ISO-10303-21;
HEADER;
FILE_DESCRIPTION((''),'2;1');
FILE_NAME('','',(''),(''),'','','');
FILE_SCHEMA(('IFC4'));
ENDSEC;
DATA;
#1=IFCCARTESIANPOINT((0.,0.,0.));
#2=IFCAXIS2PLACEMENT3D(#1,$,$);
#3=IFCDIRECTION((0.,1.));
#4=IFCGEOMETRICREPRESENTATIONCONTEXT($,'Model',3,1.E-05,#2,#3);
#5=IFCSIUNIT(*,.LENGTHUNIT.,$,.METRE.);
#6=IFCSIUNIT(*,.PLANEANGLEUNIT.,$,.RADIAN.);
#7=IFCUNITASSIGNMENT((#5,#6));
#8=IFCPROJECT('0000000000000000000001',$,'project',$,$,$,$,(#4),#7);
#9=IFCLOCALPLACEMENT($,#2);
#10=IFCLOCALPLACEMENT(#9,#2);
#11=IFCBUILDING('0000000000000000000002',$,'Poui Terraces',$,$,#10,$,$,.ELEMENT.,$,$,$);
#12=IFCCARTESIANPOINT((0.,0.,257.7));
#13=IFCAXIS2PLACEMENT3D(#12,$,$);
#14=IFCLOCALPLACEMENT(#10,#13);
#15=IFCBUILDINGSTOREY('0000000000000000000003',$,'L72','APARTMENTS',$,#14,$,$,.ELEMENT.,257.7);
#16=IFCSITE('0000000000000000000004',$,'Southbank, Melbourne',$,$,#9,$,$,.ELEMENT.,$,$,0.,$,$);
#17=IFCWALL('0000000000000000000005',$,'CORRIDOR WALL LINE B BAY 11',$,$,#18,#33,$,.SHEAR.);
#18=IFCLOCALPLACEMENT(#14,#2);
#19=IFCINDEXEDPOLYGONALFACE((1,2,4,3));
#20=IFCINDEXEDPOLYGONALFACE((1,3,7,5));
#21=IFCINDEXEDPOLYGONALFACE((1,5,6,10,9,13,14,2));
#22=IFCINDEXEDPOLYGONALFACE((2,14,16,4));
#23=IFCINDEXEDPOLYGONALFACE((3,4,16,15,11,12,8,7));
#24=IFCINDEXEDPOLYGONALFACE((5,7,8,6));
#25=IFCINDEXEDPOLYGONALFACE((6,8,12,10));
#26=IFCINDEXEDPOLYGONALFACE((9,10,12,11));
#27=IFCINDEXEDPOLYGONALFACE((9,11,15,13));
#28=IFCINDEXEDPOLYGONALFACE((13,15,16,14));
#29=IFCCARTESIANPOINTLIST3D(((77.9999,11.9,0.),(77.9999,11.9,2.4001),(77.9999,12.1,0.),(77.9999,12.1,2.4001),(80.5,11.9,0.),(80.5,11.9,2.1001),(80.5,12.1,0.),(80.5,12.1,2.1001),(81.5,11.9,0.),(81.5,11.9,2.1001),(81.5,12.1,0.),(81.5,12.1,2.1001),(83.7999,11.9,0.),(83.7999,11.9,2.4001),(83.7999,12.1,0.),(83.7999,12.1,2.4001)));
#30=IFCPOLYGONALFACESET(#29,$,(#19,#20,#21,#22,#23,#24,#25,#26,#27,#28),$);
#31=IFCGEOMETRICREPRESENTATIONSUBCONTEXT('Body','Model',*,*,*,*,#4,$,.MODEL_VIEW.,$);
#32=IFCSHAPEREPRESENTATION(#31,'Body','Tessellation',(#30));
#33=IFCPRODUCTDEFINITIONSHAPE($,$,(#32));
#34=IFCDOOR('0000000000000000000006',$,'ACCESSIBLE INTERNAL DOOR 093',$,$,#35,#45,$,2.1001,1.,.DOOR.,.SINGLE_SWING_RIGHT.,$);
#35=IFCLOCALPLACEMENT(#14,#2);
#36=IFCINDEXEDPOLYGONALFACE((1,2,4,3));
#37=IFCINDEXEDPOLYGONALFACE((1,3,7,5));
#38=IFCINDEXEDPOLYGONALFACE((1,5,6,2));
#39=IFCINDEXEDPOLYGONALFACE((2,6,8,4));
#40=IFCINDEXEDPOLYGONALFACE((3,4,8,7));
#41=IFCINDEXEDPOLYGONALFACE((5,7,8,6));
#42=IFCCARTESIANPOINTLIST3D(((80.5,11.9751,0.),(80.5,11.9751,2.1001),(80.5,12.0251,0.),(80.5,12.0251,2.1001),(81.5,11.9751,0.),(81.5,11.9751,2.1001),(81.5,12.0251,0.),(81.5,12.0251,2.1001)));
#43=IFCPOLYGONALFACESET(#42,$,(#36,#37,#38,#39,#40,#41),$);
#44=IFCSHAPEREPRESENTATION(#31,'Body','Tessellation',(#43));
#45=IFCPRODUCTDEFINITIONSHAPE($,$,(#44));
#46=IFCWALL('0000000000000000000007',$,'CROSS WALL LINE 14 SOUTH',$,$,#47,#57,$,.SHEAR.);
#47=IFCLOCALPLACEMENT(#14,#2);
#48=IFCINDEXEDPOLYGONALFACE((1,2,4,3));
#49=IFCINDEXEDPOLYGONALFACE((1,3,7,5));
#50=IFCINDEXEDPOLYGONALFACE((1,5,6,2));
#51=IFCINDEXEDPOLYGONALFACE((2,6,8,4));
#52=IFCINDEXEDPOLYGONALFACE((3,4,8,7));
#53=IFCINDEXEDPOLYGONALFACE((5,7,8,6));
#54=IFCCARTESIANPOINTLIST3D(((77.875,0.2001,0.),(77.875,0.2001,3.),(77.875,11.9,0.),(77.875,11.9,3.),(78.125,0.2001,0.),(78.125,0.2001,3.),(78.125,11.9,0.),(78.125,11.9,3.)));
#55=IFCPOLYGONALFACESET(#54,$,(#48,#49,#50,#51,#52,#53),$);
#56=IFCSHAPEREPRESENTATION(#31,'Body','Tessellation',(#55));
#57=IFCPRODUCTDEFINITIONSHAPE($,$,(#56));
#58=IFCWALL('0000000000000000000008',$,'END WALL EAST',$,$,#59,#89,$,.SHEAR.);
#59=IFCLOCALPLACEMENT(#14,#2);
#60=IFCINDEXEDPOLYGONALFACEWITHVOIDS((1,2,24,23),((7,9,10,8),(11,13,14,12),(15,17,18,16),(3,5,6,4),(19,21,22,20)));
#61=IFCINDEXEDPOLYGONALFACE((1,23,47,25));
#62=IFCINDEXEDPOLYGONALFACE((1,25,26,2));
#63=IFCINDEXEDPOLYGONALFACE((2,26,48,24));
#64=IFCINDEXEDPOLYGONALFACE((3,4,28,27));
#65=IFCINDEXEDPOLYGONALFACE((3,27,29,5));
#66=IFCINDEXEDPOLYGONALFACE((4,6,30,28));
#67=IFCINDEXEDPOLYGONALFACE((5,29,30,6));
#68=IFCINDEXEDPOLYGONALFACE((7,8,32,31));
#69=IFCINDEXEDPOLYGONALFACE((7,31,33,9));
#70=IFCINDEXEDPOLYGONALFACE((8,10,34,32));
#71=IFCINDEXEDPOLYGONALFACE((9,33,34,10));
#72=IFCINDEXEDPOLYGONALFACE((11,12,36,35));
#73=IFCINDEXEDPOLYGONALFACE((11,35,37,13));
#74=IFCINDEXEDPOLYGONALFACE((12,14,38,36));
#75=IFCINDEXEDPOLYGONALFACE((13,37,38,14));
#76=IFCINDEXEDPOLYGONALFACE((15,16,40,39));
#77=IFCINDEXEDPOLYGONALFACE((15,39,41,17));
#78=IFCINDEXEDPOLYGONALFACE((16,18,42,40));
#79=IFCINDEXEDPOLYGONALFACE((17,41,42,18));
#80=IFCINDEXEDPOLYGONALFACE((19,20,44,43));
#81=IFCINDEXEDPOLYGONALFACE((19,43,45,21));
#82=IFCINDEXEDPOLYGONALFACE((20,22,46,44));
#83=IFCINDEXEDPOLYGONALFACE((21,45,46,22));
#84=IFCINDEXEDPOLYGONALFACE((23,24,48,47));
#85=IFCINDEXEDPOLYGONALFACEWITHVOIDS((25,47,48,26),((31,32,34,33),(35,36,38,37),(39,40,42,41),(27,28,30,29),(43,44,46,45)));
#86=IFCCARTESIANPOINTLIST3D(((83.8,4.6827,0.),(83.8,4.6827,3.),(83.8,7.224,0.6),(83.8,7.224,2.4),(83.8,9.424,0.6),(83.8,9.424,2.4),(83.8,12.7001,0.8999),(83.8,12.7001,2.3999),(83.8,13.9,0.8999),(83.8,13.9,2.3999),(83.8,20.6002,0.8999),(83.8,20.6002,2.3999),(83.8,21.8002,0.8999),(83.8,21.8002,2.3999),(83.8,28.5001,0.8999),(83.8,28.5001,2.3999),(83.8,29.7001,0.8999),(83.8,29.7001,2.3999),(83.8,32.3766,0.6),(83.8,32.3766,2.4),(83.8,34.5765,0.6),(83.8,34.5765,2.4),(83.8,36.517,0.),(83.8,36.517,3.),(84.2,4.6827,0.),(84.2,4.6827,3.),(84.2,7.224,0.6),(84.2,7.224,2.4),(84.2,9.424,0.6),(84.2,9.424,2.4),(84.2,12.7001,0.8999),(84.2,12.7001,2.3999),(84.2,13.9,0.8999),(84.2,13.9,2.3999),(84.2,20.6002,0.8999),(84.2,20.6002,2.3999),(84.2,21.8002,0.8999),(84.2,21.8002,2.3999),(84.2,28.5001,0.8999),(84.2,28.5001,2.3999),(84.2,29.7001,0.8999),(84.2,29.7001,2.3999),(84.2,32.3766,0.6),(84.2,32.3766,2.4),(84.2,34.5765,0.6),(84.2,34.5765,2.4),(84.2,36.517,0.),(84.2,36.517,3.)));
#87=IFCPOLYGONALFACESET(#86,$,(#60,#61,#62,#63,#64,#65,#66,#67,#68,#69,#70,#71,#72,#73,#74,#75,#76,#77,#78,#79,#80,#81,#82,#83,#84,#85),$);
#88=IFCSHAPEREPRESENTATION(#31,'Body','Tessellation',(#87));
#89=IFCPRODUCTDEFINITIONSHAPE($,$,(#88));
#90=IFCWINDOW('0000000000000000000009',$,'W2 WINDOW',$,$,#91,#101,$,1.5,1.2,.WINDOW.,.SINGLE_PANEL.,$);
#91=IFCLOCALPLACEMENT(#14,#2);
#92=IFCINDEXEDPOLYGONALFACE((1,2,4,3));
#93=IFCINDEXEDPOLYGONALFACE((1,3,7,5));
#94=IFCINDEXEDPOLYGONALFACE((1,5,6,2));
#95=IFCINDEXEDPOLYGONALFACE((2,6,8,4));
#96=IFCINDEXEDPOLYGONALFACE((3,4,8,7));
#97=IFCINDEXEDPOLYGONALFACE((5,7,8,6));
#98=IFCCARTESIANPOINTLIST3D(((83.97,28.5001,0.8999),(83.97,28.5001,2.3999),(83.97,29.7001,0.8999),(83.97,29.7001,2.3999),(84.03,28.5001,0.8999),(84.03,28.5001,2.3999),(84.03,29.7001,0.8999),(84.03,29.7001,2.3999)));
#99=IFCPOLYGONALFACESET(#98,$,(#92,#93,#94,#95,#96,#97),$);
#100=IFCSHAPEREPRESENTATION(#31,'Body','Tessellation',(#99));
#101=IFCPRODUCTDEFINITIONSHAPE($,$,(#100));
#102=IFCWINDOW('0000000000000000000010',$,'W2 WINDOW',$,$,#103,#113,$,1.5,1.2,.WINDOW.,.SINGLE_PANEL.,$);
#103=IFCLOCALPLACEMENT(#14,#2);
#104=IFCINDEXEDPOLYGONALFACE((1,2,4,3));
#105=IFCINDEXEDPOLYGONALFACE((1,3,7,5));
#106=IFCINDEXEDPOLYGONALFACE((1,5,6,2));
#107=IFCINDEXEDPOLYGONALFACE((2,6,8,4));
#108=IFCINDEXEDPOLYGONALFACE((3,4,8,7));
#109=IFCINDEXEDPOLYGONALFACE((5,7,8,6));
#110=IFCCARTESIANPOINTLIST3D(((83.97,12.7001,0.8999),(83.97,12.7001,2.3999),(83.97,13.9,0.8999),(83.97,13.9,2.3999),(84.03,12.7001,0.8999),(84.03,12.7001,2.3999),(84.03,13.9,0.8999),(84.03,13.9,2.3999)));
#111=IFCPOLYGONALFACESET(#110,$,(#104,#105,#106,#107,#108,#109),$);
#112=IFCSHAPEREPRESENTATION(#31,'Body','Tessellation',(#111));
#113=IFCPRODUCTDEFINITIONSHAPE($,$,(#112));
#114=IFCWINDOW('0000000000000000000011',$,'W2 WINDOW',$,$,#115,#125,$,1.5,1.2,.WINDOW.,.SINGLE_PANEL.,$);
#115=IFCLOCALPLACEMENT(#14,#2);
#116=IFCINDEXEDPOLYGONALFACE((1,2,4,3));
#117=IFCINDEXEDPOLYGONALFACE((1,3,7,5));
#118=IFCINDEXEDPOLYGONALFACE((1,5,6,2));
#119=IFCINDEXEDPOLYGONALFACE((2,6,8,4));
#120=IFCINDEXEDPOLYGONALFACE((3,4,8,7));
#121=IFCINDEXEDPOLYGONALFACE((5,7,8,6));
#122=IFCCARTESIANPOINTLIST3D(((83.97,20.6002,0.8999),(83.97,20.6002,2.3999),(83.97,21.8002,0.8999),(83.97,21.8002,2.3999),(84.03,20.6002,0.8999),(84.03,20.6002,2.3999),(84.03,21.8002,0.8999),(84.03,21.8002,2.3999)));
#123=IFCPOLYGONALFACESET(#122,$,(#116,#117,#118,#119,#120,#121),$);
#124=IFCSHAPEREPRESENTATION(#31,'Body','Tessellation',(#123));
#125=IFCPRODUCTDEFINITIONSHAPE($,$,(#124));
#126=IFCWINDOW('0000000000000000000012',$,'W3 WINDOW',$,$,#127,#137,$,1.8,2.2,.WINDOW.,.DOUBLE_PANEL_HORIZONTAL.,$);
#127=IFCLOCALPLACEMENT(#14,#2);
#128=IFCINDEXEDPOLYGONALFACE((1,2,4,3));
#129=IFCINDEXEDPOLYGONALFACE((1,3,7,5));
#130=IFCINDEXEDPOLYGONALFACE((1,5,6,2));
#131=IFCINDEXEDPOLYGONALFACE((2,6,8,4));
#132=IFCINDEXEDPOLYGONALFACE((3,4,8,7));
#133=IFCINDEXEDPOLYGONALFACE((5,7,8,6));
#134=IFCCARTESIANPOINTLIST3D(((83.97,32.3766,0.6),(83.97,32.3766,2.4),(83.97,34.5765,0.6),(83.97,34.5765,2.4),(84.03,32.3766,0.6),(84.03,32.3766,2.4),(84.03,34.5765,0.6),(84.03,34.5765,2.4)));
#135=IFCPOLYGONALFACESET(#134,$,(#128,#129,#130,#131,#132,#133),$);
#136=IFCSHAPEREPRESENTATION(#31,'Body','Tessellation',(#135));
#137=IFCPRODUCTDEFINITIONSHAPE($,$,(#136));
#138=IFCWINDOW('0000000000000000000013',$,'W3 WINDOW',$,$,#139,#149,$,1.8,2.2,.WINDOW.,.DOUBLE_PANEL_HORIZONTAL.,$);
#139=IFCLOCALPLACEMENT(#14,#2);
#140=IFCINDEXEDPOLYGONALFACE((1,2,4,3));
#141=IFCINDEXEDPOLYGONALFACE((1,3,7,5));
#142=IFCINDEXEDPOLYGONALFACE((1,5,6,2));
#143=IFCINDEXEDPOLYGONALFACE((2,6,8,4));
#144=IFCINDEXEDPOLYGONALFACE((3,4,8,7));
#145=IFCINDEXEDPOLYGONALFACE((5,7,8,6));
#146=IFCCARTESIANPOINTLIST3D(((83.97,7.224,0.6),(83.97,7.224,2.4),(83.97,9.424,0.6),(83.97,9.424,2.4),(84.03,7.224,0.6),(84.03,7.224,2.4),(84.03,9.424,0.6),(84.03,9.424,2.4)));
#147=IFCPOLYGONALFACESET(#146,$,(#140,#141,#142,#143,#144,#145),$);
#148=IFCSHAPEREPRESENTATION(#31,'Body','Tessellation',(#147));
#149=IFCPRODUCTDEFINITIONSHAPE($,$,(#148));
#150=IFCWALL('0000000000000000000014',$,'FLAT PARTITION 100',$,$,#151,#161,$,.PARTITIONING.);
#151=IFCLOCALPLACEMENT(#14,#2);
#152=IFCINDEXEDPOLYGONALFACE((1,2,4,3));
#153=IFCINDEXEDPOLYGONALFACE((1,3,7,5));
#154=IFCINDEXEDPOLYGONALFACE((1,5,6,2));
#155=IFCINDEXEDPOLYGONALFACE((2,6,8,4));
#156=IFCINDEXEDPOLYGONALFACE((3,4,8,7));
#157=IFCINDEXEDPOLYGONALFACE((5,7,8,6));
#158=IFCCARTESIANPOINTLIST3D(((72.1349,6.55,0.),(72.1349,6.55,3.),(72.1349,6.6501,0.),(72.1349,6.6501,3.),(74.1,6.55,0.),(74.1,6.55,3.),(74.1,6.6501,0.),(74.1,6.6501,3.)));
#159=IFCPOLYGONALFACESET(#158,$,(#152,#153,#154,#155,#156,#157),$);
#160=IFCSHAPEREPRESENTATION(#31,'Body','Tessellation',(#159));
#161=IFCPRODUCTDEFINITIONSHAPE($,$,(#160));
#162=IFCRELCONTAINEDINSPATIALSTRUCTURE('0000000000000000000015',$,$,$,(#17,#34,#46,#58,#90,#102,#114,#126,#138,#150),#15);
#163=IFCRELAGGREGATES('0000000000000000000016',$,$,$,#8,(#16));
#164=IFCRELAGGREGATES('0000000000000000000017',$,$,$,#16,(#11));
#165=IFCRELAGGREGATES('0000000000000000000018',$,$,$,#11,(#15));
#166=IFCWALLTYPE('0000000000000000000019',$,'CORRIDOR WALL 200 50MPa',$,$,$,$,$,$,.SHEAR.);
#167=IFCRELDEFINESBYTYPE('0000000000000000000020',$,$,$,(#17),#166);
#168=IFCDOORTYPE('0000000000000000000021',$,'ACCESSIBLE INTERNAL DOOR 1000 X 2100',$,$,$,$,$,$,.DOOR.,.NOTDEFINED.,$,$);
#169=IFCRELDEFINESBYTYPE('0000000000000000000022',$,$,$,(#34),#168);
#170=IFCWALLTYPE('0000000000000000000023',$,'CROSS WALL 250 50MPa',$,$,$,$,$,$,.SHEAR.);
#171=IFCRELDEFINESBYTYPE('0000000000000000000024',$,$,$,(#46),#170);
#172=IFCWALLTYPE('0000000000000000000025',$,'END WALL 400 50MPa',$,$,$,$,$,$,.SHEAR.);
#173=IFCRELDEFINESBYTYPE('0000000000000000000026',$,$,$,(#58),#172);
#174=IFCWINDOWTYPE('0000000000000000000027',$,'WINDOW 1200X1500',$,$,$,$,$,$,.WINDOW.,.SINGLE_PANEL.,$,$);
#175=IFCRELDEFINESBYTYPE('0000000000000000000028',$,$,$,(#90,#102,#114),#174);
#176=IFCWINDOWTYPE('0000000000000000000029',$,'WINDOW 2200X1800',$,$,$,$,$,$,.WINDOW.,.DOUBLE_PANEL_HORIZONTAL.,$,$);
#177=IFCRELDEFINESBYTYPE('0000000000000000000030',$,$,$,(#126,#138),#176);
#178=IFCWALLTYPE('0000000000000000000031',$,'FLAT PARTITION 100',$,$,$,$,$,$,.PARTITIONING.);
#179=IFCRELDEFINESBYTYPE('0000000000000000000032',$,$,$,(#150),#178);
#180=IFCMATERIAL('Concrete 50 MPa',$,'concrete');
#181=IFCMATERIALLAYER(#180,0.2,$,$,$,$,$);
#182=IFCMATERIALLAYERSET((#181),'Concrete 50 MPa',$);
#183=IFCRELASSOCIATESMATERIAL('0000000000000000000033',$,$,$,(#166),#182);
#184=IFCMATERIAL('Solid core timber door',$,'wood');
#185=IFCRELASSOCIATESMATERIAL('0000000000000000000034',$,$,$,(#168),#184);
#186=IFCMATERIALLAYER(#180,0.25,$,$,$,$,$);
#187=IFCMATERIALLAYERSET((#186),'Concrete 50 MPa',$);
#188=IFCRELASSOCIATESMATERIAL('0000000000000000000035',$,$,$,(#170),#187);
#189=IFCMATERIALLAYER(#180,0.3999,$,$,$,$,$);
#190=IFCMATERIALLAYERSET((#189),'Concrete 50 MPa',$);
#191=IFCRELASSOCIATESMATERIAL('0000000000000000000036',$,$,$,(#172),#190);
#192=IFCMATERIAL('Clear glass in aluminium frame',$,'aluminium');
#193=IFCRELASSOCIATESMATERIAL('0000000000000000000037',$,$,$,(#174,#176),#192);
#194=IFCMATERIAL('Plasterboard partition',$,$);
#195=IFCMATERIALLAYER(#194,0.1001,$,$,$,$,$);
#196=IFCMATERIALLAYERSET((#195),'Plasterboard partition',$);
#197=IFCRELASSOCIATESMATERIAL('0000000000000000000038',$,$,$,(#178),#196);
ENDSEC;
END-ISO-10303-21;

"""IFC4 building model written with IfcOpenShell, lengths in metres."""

from ifc_helpers import new_model, si_unit, direction, frame, frame_2d, origin, place, context, subcontext, project, spatial, rectangle, extrude, material, layer, layer_set, type_object, element, fill, save


model = new_model("IFC4")

# Units and contexts
model_context = context("Model", 3, precision=1e-05, world=origin(), true_north=direction((0.0, 1.0)))
body_context = subcontext(model_context, "Body", "Model", "MODEL_VIEW")
ifc_project = project(units=[si_unit("LENGTHUNIT", "METRE"), si_unit("PLANEANGLEUNIT", "RADIAN")], contexts=[model_context])

# Site, building, storey
site_placement = place(None, origin())
site = spatial("IfcSite", under=ifc_project, at=site_placement, Name="Southbank, Melbourne", CompositionType="ELEMENT", RefElevation=0.0)
building_placement = place(site_placement, origin())
building = spatial("IfcBuilding", under=site, at=building_placement, Name="Poui Terraces", CompositionType="ELEMENT")
storey_placement = place(building_placement, frame((0.0, 0.0, 257.7)))
storey = spatial("IfcBuildingStorey", under=building, at=storey_placement, Name="L72", Description="APARTMENTS", CompositionType="ELEMENT", Elevation=257.7)

# Wall, opening, door
ifc_material_1 = material(Name="Concrete 50 MPa", Category="concrete")
ifc_layer_1 = layer(ifc_material_1, 0.2)
ifc_layer_set_1 = layer_set([ifc_layer_1], Name="Concrete 50 MPa")
wall_type_1 = type_object("IfcWallType", Name="CORRIDOR WALL 200 50MPa", PredefinedType="SHEAR", material=ifc_layer_set_1)
wall_1_placement = place(storey_placement, frame((78.0, 12.0, 0.0), z_axis=(0.0, 0.0, 1.0), x_axis=(1.0, 0.0, 0.0)))
wall_1 = element("IfcWall", 1, at=wall_1_placement, inside=storey, type_object=wall_type_1, Name="CORRIDOR WALL LINE B BAY 11", PredefinedType="SHEAR", context=body_context, shape_type="SweptSolid", body=[
    extrude(rectangle(XDim=5.8, YDim=0.2, at=frame_2d((2.8999, 0.0))), origin(), (0.0, 0.0, 1.0), 2.4001),
])
opening_1_placement = place(wall_1_placement, frame((2.5, 0.0, 0.0)))
opening_1 = element("IfcOpeningElement", 2, at=opening_1_placement, cuts=wall_1, PredefinedType="OPENING", context=body_context, shape_type="SweptSolid", body=[
    extrude(rectangle(XDim=1.0, YDim=2.1001, at=frame_2d((0.5, 1.05))), frame((0.0, 0.1099, 0.0), z_axis=(0.0, -1.0, 0.0), x_axis=(1.0, 0.0, 0.0)), (0.0, 0.0, 1.0), 0.22),
])
ifc_material_2 = material(Name="Solid core timber door", Category="wood")
door_type_1 = type_object("IfcDoorType", Name="ACCESSIBLE INTERNAL DOOR 1000 X 2100", OperationType="NOTDEFINED", PredefinedType="DOOR", material=ifc_material_2)
door_1_placement = place(opening_1_placement, frame((1.0, 0.0, 0.0), z_axis=(0.0, 0.0, 1.0), x_axis=(-1.0, 0.0, 0.0)))
door_1 = element("IfcDoor", 3, at=door_1_placement, inside=storey, type_object=door_type_1, Name="ACCESSIBLE INTERNAL DOOR 093", OperationType="SINGLE_SWING_RIGHT", OverallHeight=2.1001, OverallWidth=1.0, PredefinedType="DOOR", context=body_context, shape_type="SweptSolid", body=[
    extrude(rectangle(XDim=1.0, YDim=2.1001, at=frame_2d((0.5, 1.05))), frame((0.0, 0.0249, 0.0), z_axis=(0.0, -1.0, 0.0), x_axis=(1.0, 0.0, 0.0)), (0.0, 0.0, 1.0), 0.05),
])
fill(opening_1, door_1)

# Wall
ifc_layer_2 = layer(ifc_material_1, 0.25)
ifc_layer_set_2 = layer_set([ifc_layer_2], Name="Concrete 50 MPa")
wall_type_2 = type_object("IfcWallType", Name="CROSS WALL 250 50MPa", PredefinedType="SHEAR", material=ifc_layer_set_2)
wall_2_placement = place(storey_placement, frame((78.0, 0.2, 0.0), z_axis=(0.0, 0.0, 1.0), x_axis=(0.0, 1.0, 0.0)))
element("IfcWall", 4, at=wall_2_placement, inside=storey, type_object=wall_type_2, Name="CROSS WALL LINE 14 SOUTH", PredefinedType="SHEAR", context=body_context, shape_type="SweptSolid", body=[
    extrude(rectangle(XDim=11.7, YDim=0.25, at=frame_2d((5.8501, 0.0))), origin(), (0.0, 0.0, 1.0), 3.0),
])

# Wall, openings, windows
ifc_layer_3 = layer(ifc_material_1, 0.3999)
ifc_layer_set_3 = layer_set([ifc_layer_3], Name="Concrete 50 MPa")
wall_type_3 = type_object("IfcWallType", Name="END WALL 400 50MPa", PredefinedType="SHEAR", material=ifc_layer_set_3)
wall_3_placement = place(storey_placement, frame((84.0, 4.6829, 0.0), z_axis=(0.0, 0.0, 1.0), x_axis=(0.0, 1.0, 0.0)))
wall_3 = element("IfcWall", 5, at=wall_3_placement, inside=storey, type_object=wall_type_3, Name="END WALL EAST", PredefinedType="SHEAR", context=body_context, shape_type="SweptSolid", body=[
    extrude(rectangle(XDim=31.8342, YDim=0.3999, at=frame_2d((15.917, 0.0))), origin(), (0.0, 0.0, 1.0), 3.0),
])
opening_2_placement = place(wall_3_placement, frame((23.8171, 0.0, 0.8999)))
opening_2 = element("IfcOpeningElement", 6, at=opening_2_placement, cuts=wall_3, PredefinedType="OPENING", context=body_context, shape_type="SweptSolid", body=[
    extrude(rectangle(XDim=1.2, YDim=1.5, at=frame_2d((0.6001, 0.75))), frame((0.0, 0.21, 0.0), z_axis=(0.0, -1.0, 0.0), x_axis=(1.0, 0.0, 0.0)), (0.0, 0.0, 1.0), 0.4199),
])
opening_3_placement = place(wall_3_placement, frame((8.0171, 0.0, 0.8999)))
opening_3 = element("IfcOpeningElement", 7, at=opening_3_placement, cuts=wall_3, PredefinedType="OPENING", context=body_context, shape_type="SweptSolid", body=[
    extrude(rectangle(XDim=1.2, YDim=1.5, at=frame_2d((0.6001, 0.75))), frame((0.0, 0.21, 0.0), z_axis=(0.0, -1.0, 0.0), x_axis=(1.0, 0.0, 0.0)), (0.0, 0.0, 1.0), 0.4199),
])
opening_4_placement = place(wall_3_placement, frame((27.6936, 0.0, 0.6001)))
opening_4 = element("IfcOpeningElement", 8, at=opening_4_placement, cuts=wall_3, PredefinedType="OPENING", context=body_context, shape_type="SweptSolid", body=[
    extrude(rectangle(XDim=2.2, YDim=1.8, at=frame_2d((1.1001, 0.8999))), frame((0.0, 0.21, 0.0), z_axis=(0.0, -1.0, 0.0), x_axis=(1.0, 0.0, 0.0)), (0.0, 0.0, 1.0), 0.4199),
])
opening_5_placement = place(wall_3_placement, frame((2.541, 0.0, 0.6001)))
opening_5 = element("IfcOpeningElement", 9, at=opening_5_placement, cuts=wall_3, PredefinedType="OPENING", context=body_context, shape_type="SweptSolid", body=[
    extrude(rectangle(XDim=2.2, YDim=1.8, at=frame_2d((1.1001, 0.8999))), frame((0.0, 0.21, 0.0), z_axis=(0.0, -1.0, 0.0), x_axis=(1.0, 0.0, 0.0)), (0.0, 0.0, 1.0), 0.4199),
])
opening_6_placement = place(wall_3_placement, frame((15.9172, 0.0, 0.8999)))
opening_6 = element("IfcOpeningElement", 10, at=opening_6_placement, cuts=wall_3, PredefinedType="OPENING", context=body_context, shape_type="SweptSolid", body=[
    extrude(rectangle(XDim=1.2, YDim=1.5, at=frame_2d((0.6001, 0.75))), frame((0.0, 0.21, 0.0), z_axis=(0.0, -1.0, 0.0), x_axis=(1.0, 0.0, 0.0)), (0.0, 0.0, 1.0), 0.4199),
])
ifc_material_3 = material(Name="Clear glass in aluminium frame", Category="aluminium")
window_type_1 = type_object("IfcWindowType", Name="WINDOW 1200X1500", PartitioningType="SINGLE_PANEL", PredefinedType="WINDOW", material=ifc_material_3)
window_1_placement = place(opening_2_placement, origin())
window_1 = element("IfcWindow", 11, at=window_1_placement, inside=storey, type_object=window_type_1, Name="W2 WINDOW", OverallHeight=1.5, OverallWidth=1.2, PartitioningType="SINGLE_PANEL", PredefinedType="WINDOW", context=body_context, shape_type="SweptSolid", body=[
    extrude(rectangle(XDim=1.2, YDim=1.5, at=frame_2d((0.6001, 0.75))), frame((0.0, 0.03, 0.0), z_axis=(0.0, -1.0, 0.0), x_axis=(1.0, 0.0, 0.0)), (0.0, 0.0, 1.0), 0.0601),
])
fill(opening_2, window_1)
window_2_placement = place(opening_3_placement, origin())
window_2 = element("IfcWindow", 12, at=window_2_placement, inside=storey, type_object=window_type_1, Name="W2 WINDOW", OverallHeight=1.5, OverallWidth=1.2, PartitioningType="SINGLE_PANEL", PredefinedType="WINDOW", context=body_context, shape_type="SweptSolid", body=[
    extrude(rectangle(XDim=1.2, YDim=1.5, at=frame_2d((0.6001, 0.75))), frame((0.0, 0.03, 0.0), z_axis=(0.0, -1.0, 0.0), x_axis=(1.0, 0.0, 0.0)), (0.0, 0.0, 1.0), 0.0601),
])
fill(opening_3, window_2)
window_3_placement = place(opening_6_placement, origin())
window_3 = element("IfcWindow", 13, at=window_3_placement, inside=storey, type_object=window_type_1, Name="W2 WINDOW", OverallHeight=1.5, OverallWidth=1.2, PartitioningType="SINGLE_PANEL", PredefinedType="WINDOW", context=body_context, shape_type="SweptSolid", body=[
    extrude(rectangle(XDim=1.2, YDim=1.5, at=frame_2d((0.6001, 0.75))), frame((0.0, 0.03, 0.0), z_axis=(0.0, -1.0, 0.0), x_axis=(1.0, 0.0, 0.0)), (0.0, 0.0, 1.0), 0.0601),
])
fill(opening_6, window_3)
window_type_2 = type_object("IfcWindowType", Name="WINDOW 2200X1800", PartitioningType="DOUBLE_PANEL_HORIZONTAL", PredefinedType="WINDOW", material=ifc_material_3)
window_4_placement = place(opening_4_placement, origin())
window_4 = element("IfcWindow", 14, at=window_4_placement, inside=storey, type_object=window_type_2, Name="W3 WINDOW", OverallHeight=1.8, OverallWidth=2.2, PartitioningType="DOUBLE_PANEL_HORIZONTAL", PredefinedType="WINDOW", context=body_context, shape_type="SweptSolid", body=[
    extrude(rectangle(XDim=2.2, YDim=1.8, at=frame_2d((1.1001, 0.8999))), frame((0.0, 0.03, 0.0), z_axis=(0.0, -1.0, 0.0), x_axis=(1.0, 0.0, 0.0)), (0.0, 0.0, 1.0), 0.0601),
])
fill(opening_4, window_4)
window_5_placement = place(opening_5_placement, origin())
window_5 = element("IfcWindow", 15, at=window_5_placement, inside=storey, type_object=window_type_2, Name="W3 WINDOW", OverallHeight=1.8, OverallWidth=2.2, PartitioningType="DOUBLE_PANEL_HORIZONTAL", PredefinedType="WINDOW", context=body_context, shape_type="SweptSolid", body=[
    extrude(rectangle(XDim=2.2, YDim=1.8, at=frame_2d((1.1001, 0.8999))), frame((0.0, 0.03, 0.0), z_axis=(0.0, -1.0, 0.0), x_axis=(1.0, 0.0, 0.0)), (0.0, 0.0, 1.0), 0.0601),
])
fill(opening_5, window_5)

# Wall
ifc_material_4 = material(Name="Plasterboard partition")
ifc_layer_4 = layer(ifc_material_4, 0.1001)
ifc_layer_set_4 = layer_set([ifc_layer_4], Name="Plasterboard partition")
wall_type_4 = type_object("IfcWallType", Name="FLAT PARTITION 100", PredefinedType="PARTITIONING", material=ifc_layer_set_4)
wall_4_placement = place(storey_placement, frame((72.135, 6.6001, 0.0), z_axis=(0.0, 0.0, 1.0), x_axis=(1.0, 0.0, 0.0)))
element("IfcWall", 16, at=wall_4_placement, inside=storey, type_object=wall_type_4, Name="FLAT PARTITION 100", PredefinedType="PARTITIONING", context=body_context, shape_type="SweptSolid", body=[
    extrude(rectangle(XDim=1.9651, YDim=0.1001, at=frame_2d((0.9824, 0.0))), origin(), (0.0, 0.0, 1.0), 3.0),
])

save(model, "model.ifc")
